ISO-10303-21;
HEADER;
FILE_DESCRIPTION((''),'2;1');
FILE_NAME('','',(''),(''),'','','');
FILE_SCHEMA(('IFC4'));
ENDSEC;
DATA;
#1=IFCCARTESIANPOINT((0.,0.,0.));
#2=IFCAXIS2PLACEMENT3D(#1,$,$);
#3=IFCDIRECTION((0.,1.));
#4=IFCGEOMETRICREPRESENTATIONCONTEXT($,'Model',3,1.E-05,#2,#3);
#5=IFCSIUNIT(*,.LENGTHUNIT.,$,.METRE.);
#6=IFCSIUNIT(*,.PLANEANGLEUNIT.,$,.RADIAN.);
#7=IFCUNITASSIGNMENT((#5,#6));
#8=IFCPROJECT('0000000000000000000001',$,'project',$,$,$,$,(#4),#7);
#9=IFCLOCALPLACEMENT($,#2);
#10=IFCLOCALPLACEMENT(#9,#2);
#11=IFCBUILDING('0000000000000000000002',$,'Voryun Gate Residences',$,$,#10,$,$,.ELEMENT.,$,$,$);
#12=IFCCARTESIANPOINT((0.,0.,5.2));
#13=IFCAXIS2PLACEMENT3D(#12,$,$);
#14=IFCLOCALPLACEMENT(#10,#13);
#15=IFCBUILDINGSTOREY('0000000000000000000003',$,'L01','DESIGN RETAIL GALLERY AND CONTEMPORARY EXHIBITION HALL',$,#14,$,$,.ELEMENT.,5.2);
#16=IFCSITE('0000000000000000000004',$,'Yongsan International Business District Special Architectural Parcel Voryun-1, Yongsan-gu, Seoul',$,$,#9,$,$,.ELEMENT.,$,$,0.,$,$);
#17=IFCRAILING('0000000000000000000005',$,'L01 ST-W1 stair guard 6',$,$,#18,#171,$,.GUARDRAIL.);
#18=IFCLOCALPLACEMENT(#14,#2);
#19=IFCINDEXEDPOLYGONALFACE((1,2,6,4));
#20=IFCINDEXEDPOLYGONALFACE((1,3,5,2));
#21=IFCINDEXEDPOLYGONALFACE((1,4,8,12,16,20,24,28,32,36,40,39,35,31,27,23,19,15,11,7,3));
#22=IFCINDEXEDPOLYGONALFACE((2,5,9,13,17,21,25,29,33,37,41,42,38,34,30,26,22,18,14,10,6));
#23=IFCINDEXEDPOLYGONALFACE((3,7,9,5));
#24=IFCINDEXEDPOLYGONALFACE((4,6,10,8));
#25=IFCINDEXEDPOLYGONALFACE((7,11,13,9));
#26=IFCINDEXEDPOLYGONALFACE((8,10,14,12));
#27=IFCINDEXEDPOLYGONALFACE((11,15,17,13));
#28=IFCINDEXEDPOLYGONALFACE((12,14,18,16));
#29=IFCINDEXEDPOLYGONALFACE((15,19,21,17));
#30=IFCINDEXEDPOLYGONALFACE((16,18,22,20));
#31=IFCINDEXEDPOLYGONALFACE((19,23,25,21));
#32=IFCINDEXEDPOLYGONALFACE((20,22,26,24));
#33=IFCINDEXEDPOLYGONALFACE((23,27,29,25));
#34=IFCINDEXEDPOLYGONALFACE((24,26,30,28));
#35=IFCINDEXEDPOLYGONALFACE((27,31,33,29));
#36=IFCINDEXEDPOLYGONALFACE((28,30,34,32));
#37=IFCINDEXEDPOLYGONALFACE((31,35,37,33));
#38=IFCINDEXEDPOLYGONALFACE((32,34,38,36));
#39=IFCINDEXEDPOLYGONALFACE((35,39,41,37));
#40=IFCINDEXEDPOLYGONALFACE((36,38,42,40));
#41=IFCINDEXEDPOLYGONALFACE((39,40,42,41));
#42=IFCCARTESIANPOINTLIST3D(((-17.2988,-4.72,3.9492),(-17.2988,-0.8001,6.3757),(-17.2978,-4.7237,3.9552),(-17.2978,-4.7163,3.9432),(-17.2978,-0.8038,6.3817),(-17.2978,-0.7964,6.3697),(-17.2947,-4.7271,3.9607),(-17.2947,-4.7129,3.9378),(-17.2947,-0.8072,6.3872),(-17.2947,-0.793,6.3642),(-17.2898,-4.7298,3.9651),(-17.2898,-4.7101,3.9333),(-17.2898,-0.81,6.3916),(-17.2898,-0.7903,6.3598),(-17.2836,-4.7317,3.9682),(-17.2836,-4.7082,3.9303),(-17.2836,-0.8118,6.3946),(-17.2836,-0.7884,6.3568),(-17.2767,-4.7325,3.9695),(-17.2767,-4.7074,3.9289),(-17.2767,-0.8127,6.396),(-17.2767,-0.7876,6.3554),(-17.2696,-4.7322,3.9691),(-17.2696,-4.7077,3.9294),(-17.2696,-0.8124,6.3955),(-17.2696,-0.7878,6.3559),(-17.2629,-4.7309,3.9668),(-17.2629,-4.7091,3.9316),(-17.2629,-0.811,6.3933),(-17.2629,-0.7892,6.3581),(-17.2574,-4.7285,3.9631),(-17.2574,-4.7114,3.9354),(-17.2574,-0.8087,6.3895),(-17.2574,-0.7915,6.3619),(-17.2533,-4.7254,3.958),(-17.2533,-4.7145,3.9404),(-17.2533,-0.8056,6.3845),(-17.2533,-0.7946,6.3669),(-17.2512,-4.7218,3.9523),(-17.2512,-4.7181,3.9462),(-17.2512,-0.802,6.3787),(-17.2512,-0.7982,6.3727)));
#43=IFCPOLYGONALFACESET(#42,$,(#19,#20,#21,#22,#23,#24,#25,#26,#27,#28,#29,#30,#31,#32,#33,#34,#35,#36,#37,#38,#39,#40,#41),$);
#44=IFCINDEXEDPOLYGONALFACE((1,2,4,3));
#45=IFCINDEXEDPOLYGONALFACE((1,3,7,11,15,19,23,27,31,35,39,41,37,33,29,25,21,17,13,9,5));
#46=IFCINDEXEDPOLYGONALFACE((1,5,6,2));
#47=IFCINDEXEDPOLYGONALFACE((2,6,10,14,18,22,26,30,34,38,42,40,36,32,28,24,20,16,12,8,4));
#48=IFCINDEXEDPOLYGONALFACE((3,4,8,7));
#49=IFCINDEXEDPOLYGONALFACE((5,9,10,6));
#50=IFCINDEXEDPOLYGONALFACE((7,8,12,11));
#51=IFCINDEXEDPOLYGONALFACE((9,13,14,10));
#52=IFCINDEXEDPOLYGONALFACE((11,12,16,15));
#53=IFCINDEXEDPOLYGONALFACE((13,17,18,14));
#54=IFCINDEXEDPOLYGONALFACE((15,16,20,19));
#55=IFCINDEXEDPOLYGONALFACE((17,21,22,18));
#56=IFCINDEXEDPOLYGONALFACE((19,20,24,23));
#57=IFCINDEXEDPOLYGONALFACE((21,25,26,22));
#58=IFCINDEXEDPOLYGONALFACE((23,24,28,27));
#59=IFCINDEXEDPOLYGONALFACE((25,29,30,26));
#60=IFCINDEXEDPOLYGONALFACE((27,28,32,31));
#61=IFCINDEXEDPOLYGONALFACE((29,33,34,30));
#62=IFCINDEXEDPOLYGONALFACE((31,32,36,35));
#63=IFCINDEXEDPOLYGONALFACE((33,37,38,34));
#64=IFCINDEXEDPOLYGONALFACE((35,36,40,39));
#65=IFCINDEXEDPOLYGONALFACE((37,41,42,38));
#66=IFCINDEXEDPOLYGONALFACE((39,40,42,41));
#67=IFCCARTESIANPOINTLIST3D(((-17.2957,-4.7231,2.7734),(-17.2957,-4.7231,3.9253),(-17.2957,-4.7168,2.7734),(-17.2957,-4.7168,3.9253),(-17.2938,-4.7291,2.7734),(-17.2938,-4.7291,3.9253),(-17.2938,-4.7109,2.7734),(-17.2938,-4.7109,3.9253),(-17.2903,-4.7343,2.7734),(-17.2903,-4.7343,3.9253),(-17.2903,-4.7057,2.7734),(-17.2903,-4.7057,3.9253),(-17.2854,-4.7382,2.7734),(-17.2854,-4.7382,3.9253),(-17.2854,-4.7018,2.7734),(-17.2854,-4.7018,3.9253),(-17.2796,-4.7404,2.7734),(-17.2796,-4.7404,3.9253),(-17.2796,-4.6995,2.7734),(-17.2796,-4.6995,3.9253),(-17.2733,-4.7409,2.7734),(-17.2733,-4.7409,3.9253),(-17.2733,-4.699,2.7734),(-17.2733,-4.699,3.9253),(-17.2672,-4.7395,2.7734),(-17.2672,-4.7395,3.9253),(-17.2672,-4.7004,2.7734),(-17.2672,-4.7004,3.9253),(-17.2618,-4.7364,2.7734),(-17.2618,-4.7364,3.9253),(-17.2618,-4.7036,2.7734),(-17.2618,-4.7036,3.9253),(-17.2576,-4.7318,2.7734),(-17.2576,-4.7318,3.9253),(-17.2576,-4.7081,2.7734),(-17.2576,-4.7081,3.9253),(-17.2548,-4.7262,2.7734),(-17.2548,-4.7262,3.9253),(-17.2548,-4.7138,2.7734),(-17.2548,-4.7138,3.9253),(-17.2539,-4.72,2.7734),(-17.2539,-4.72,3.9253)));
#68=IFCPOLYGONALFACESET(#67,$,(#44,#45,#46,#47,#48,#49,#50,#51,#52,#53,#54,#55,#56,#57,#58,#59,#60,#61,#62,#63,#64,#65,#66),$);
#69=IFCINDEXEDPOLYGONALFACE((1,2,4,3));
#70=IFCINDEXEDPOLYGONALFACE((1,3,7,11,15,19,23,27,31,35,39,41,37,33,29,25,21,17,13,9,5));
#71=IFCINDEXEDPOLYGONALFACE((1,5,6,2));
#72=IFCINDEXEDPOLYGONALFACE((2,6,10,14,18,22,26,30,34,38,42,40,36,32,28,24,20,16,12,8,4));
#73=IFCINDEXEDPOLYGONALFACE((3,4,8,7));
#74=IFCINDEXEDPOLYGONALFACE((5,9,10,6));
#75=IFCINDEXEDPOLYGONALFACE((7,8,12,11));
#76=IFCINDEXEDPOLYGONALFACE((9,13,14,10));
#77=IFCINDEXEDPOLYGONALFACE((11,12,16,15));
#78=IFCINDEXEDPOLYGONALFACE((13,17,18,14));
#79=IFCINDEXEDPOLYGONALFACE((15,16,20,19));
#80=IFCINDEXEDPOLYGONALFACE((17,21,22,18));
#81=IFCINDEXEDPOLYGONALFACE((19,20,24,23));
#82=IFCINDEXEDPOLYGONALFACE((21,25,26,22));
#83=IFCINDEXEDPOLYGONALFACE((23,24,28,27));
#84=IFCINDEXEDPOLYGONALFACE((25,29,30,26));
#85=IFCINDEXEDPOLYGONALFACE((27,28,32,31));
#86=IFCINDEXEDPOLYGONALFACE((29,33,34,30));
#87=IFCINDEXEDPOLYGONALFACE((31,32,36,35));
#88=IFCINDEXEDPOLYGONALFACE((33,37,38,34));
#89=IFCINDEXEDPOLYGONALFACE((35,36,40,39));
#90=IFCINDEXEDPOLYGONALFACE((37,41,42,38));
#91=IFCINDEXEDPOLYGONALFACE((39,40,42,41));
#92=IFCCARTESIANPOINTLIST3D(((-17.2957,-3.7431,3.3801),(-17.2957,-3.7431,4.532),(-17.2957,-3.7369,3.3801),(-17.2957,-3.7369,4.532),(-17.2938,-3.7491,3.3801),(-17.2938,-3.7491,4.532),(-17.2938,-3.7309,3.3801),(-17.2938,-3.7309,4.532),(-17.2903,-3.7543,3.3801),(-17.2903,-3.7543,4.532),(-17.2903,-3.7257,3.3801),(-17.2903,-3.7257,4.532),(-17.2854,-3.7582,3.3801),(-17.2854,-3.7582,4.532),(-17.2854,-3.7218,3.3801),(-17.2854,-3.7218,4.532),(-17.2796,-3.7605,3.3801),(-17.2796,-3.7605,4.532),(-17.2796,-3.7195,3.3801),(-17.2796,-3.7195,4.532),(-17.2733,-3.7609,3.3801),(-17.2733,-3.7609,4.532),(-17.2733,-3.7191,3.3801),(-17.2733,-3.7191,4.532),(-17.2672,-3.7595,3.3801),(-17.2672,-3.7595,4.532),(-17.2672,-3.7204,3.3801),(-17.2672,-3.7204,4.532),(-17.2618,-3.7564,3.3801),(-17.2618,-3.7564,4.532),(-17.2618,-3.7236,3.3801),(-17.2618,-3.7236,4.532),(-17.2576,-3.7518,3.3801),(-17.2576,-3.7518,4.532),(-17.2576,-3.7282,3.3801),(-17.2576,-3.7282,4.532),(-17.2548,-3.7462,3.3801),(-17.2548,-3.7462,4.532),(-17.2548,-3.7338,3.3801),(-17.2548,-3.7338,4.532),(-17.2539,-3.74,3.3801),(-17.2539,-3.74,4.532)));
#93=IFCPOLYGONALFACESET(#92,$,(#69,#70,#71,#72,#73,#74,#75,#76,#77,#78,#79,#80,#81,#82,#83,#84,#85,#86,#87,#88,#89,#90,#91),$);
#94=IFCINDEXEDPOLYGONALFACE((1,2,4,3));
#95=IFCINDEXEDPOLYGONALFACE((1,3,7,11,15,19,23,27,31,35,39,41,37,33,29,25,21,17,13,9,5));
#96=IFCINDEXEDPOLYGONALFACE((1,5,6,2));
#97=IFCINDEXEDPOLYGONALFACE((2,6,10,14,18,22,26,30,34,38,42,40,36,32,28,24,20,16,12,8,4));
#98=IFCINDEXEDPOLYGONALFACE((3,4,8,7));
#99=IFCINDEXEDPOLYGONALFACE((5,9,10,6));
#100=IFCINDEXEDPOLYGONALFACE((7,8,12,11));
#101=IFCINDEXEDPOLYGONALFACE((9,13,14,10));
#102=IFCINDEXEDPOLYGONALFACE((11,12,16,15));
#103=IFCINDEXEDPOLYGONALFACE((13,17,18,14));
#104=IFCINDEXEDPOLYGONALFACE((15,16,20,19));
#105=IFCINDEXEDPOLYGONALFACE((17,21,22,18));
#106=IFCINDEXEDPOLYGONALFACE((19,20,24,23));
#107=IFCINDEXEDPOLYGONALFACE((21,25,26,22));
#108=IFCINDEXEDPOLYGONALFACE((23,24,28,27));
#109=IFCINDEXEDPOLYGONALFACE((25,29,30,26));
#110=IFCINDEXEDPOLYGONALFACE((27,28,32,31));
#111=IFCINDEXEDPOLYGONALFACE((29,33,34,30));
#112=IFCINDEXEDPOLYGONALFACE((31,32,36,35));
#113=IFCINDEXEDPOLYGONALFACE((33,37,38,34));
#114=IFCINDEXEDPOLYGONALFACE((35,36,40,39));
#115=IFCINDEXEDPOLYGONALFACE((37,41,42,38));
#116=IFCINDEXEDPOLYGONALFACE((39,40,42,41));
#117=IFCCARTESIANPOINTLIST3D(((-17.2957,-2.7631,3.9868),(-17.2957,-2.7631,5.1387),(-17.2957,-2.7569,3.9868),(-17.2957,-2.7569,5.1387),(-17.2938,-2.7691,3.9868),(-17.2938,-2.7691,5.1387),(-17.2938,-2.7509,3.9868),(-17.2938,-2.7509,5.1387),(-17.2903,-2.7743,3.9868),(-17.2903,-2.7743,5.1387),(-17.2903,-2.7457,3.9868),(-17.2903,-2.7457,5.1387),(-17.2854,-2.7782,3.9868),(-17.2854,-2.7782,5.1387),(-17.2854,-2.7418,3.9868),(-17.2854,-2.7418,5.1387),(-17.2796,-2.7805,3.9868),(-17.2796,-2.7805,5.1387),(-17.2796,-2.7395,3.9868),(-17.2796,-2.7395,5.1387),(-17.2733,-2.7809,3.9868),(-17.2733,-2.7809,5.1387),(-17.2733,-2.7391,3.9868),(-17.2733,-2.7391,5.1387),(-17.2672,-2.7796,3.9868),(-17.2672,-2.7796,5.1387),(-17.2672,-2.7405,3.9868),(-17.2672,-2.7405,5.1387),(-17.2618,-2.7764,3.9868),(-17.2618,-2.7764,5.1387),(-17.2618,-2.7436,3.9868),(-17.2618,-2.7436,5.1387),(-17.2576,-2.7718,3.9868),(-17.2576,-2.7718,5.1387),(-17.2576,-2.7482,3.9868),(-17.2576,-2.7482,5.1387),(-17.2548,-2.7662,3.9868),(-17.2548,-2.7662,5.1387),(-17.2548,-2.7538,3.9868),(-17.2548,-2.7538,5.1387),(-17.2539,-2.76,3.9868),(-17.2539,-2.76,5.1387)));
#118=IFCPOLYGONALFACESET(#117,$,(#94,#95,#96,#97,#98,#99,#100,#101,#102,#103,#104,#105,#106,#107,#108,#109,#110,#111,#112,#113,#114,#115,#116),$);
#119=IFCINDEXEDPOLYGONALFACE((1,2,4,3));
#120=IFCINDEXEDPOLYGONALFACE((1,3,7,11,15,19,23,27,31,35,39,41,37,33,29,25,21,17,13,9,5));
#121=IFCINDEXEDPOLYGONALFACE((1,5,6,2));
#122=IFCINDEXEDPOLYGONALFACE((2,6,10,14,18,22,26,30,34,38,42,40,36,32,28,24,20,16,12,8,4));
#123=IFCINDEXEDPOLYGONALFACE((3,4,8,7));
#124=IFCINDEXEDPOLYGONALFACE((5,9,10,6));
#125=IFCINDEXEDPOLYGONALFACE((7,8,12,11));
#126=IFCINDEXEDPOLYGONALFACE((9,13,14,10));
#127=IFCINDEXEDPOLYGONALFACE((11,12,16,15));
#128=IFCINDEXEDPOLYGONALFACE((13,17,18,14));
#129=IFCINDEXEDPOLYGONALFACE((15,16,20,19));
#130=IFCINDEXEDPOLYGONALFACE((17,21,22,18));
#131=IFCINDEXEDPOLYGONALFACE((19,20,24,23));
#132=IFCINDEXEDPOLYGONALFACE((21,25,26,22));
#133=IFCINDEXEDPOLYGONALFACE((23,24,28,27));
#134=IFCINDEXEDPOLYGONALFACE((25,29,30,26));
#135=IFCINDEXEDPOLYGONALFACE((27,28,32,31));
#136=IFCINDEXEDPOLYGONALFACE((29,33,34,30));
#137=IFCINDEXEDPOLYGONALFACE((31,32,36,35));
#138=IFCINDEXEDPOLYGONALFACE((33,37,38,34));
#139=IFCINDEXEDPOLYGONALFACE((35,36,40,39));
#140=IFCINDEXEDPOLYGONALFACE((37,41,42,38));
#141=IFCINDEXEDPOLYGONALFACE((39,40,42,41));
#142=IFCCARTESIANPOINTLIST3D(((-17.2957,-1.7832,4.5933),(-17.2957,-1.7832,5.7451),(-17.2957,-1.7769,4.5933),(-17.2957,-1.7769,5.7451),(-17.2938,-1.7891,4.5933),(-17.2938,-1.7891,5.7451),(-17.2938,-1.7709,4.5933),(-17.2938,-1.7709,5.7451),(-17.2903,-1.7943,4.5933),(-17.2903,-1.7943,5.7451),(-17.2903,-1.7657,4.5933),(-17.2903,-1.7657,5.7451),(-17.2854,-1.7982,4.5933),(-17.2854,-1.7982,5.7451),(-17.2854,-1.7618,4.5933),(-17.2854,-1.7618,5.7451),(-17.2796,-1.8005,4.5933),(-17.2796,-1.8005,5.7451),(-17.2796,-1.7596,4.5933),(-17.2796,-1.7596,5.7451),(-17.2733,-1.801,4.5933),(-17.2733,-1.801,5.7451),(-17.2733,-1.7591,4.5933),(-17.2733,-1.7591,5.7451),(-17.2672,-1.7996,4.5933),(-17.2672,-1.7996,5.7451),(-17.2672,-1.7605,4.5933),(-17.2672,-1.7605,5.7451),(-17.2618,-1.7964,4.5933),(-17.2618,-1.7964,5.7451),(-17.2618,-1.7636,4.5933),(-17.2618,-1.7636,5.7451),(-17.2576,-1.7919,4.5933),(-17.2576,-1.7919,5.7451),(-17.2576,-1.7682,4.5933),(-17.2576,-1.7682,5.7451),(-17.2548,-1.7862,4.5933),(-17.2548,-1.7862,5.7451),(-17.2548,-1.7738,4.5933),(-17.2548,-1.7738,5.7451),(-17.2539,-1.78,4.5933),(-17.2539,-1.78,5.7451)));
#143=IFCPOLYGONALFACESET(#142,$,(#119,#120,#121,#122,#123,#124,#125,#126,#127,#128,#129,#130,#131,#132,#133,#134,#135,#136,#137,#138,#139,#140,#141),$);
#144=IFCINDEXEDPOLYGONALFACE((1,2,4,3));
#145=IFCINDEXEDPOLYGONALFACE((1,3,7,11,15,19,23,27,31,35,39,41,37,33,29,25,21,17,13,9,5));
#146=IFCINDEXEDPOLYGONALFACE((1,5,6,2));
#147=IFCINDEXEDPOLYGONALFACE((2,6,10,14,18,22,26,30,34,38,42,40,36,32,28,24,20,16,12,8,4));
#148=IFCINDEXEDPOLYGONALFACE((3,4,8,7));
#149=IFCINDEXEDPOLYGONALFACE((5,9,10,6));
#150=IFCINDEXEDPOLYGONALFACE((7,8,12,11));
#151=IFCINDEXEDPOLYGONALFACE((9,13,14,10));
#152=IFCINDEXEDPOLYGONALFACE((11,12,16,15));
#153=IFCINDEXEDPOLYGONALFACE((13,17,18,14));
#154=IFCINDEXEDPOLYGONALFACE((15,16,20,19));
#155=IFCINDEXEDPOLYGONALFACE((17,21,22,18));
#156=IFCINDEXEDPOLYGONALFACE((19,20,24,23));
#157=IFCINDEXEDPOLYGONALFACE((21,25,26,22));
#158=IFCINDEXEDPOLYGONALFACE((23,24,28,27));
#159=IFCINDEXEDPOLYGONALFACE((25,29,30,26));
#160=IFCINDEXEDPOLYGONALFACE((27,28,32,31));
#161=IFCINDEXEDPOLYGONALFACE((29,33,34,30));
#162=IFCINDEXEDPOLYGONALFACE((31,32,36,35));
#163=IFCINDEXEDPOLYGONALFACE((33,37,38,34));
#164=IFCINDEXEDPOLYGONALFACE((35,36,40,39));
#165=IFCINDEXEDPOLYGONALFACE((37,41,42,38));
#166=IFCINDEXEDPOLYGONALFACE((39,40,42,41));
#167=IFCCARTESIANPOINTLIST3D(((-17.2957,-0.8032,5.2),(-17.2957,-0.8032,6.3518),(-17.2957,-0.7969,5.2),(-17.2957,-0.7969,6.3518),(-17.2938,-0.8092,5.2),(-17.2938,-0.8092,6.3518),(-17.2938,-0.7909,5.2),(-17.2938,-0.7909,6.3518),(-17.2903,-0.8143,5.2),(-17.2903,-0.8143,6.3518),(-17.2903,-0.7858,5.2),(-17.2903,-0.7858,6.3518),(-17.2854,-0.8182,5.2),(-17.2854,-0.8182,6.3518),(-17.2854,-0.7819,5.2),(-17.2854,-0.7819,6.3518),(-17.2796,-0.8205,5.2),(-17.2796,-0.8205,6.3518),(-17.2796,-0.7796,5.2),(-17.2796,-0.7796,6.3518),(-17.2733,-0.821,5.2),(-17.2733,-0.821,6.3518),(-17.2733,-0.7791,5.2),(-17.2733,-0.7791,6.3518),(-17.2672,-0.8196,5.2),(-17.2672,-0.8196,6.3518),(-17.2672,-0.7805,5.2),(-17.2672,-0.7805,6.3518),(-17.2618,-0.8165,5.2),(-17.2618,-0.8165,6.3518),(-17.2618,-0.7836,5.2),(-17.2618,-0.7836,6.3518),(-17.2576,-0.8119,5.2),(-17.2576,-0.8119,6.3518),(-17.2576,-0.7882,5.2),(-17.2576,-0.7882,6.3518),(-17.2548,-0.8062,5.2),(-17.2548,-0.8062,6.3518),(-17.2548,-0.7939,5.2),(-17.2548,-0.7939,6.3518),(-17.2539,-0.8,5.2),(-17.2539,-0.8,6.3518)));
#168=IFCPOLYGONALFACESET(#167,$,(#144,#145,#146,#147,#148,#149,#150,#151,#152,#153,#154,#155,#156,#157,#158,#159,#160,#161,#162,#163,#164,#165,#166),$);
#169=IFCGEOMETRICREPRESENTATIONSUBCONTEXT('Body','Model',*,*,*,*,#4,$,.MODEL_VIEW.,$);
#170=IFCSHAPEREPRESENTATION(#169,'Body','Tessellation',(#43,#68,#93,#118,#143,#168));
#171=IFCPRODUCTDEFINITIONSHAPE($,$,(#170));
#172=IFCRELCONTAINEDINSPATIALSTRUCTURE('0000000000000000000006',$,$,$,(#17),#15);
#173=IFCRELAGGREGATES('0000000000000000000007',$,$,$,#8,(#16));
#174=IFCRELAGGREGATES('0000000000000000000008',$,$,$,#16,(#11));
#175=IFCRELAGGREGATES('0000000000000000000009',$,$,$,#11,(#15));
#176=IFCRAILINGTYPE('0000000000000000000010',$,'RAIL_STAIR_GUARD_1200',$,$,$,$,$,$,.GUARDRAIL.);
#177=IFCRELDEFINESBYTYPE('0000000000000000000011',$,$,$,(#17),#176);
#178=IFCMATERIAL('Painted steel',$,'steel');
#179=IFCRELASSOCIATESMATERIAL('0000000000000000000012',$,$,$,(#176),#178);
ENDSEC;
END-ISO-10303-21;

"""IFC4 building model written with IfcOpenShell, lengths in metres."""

from ifc_helpers import new_model, si_unit, direction, frame, origin, origin_2d, place, context, subcontext, project, spatial, circle, extrude, material, type_object, element, save


model = new_model("IFC4")

# Units and contexts
model_context = context("Model", 3, precision=1e-05, world=origin(), true_north=direction((0.0, 1.0)))
body_context = subcontext(model_context, "Body", "Model", "MODEL_VIEW")
ifc_project = project(units=[si_unit("LENGTHUNIT", "METRE"), si_unit("PLANEANGLEUNIT", "RADIAN")], contexts=[model_context])

# Site, building, storey
site_placement = place(None, origin())
site = spatial("IfcSite", under=ifc_project, at=site_placement, Name="Yongsan International Business District Special Architectural Parcel Voryun-1, Yongsan-gu, Seoul", CompositionType="ELEMENT", RefElevation=0.0)
building_placement = place(site_placement, origin())
building = spatial("IfcBuilding", under=site, at=building_placement, Name="Voryun Gate Residences", CompositionType="ELEMENT")
storey_placement = place(building_placement, frame((0.0, 0.0, 5.2)))
storey = spatial("IfcBuildingStorey", under=building, at=storey_placement, Name="L01", Description="DESIGN RETAIL GALLERY AND CONTEMPORARY EXHIBITION HALL", CompositionType="ELEMENT", Elevation=5.2)

# Railing
ifc_material_1 = material(Name="Painted steel", Category="steel")
railing_type_1 = type_object("IfcRailingType", Name="RAIL_STAIR_GUARD_1200", PredefinedType="GUARDRAIL", material=ifc_material_1)
railing_1_placement = place(storey_placement, frame((-17.2749, -4.72, 2.7734)))
element("IfcRailing", 1, at=railing_1_placement, inside=storey, type_object=railing_type_1, Name="L01 ST-W1 stair guard 6", PredefinedType="GUARDRAIL", context=body_context, shape_type="SweptSolid", body=[
    extrude(circle(Radius=0.0239, at=origin_2d()), frame((0.0, 0.0, 1.1758), z_axis=(0.0, 0.850275, 0.526338), x_axis=(-1.0, 0.0, 0.0)), (0.0, 0.0, 1.0), 4.6101),
    extrude(circle(Radius=0.021, at=origin_2d()), origin(), (0.0, 0.0, 1.0), 1.1519),
    extrude(circle(Radius=0.021, at=origin_2d()), frame((0.0, 0.98, 0.6067)), (0.0, 0.0, 1.0), 1.1519),
    extrude(circle(Radius=0.021, at=origin_2d()), frame((0.0, 1.96, 1.2134)), (0.0, 0.0, 1.0), 1.1519),
    extrude(circle(Radius=0.021, at=origin_2d()), frame((0.0, 2.9399, 1.8198)), (0.0, 0.0, 1.0), 1.1519),
    extrude(circle(Radius=0.021, at=origin_2d()), frame((0.0, 3.9199, 2.4265)), (0.0, 0.0, 1.0), 1.1519),
])

save(model, "model.ifc")
